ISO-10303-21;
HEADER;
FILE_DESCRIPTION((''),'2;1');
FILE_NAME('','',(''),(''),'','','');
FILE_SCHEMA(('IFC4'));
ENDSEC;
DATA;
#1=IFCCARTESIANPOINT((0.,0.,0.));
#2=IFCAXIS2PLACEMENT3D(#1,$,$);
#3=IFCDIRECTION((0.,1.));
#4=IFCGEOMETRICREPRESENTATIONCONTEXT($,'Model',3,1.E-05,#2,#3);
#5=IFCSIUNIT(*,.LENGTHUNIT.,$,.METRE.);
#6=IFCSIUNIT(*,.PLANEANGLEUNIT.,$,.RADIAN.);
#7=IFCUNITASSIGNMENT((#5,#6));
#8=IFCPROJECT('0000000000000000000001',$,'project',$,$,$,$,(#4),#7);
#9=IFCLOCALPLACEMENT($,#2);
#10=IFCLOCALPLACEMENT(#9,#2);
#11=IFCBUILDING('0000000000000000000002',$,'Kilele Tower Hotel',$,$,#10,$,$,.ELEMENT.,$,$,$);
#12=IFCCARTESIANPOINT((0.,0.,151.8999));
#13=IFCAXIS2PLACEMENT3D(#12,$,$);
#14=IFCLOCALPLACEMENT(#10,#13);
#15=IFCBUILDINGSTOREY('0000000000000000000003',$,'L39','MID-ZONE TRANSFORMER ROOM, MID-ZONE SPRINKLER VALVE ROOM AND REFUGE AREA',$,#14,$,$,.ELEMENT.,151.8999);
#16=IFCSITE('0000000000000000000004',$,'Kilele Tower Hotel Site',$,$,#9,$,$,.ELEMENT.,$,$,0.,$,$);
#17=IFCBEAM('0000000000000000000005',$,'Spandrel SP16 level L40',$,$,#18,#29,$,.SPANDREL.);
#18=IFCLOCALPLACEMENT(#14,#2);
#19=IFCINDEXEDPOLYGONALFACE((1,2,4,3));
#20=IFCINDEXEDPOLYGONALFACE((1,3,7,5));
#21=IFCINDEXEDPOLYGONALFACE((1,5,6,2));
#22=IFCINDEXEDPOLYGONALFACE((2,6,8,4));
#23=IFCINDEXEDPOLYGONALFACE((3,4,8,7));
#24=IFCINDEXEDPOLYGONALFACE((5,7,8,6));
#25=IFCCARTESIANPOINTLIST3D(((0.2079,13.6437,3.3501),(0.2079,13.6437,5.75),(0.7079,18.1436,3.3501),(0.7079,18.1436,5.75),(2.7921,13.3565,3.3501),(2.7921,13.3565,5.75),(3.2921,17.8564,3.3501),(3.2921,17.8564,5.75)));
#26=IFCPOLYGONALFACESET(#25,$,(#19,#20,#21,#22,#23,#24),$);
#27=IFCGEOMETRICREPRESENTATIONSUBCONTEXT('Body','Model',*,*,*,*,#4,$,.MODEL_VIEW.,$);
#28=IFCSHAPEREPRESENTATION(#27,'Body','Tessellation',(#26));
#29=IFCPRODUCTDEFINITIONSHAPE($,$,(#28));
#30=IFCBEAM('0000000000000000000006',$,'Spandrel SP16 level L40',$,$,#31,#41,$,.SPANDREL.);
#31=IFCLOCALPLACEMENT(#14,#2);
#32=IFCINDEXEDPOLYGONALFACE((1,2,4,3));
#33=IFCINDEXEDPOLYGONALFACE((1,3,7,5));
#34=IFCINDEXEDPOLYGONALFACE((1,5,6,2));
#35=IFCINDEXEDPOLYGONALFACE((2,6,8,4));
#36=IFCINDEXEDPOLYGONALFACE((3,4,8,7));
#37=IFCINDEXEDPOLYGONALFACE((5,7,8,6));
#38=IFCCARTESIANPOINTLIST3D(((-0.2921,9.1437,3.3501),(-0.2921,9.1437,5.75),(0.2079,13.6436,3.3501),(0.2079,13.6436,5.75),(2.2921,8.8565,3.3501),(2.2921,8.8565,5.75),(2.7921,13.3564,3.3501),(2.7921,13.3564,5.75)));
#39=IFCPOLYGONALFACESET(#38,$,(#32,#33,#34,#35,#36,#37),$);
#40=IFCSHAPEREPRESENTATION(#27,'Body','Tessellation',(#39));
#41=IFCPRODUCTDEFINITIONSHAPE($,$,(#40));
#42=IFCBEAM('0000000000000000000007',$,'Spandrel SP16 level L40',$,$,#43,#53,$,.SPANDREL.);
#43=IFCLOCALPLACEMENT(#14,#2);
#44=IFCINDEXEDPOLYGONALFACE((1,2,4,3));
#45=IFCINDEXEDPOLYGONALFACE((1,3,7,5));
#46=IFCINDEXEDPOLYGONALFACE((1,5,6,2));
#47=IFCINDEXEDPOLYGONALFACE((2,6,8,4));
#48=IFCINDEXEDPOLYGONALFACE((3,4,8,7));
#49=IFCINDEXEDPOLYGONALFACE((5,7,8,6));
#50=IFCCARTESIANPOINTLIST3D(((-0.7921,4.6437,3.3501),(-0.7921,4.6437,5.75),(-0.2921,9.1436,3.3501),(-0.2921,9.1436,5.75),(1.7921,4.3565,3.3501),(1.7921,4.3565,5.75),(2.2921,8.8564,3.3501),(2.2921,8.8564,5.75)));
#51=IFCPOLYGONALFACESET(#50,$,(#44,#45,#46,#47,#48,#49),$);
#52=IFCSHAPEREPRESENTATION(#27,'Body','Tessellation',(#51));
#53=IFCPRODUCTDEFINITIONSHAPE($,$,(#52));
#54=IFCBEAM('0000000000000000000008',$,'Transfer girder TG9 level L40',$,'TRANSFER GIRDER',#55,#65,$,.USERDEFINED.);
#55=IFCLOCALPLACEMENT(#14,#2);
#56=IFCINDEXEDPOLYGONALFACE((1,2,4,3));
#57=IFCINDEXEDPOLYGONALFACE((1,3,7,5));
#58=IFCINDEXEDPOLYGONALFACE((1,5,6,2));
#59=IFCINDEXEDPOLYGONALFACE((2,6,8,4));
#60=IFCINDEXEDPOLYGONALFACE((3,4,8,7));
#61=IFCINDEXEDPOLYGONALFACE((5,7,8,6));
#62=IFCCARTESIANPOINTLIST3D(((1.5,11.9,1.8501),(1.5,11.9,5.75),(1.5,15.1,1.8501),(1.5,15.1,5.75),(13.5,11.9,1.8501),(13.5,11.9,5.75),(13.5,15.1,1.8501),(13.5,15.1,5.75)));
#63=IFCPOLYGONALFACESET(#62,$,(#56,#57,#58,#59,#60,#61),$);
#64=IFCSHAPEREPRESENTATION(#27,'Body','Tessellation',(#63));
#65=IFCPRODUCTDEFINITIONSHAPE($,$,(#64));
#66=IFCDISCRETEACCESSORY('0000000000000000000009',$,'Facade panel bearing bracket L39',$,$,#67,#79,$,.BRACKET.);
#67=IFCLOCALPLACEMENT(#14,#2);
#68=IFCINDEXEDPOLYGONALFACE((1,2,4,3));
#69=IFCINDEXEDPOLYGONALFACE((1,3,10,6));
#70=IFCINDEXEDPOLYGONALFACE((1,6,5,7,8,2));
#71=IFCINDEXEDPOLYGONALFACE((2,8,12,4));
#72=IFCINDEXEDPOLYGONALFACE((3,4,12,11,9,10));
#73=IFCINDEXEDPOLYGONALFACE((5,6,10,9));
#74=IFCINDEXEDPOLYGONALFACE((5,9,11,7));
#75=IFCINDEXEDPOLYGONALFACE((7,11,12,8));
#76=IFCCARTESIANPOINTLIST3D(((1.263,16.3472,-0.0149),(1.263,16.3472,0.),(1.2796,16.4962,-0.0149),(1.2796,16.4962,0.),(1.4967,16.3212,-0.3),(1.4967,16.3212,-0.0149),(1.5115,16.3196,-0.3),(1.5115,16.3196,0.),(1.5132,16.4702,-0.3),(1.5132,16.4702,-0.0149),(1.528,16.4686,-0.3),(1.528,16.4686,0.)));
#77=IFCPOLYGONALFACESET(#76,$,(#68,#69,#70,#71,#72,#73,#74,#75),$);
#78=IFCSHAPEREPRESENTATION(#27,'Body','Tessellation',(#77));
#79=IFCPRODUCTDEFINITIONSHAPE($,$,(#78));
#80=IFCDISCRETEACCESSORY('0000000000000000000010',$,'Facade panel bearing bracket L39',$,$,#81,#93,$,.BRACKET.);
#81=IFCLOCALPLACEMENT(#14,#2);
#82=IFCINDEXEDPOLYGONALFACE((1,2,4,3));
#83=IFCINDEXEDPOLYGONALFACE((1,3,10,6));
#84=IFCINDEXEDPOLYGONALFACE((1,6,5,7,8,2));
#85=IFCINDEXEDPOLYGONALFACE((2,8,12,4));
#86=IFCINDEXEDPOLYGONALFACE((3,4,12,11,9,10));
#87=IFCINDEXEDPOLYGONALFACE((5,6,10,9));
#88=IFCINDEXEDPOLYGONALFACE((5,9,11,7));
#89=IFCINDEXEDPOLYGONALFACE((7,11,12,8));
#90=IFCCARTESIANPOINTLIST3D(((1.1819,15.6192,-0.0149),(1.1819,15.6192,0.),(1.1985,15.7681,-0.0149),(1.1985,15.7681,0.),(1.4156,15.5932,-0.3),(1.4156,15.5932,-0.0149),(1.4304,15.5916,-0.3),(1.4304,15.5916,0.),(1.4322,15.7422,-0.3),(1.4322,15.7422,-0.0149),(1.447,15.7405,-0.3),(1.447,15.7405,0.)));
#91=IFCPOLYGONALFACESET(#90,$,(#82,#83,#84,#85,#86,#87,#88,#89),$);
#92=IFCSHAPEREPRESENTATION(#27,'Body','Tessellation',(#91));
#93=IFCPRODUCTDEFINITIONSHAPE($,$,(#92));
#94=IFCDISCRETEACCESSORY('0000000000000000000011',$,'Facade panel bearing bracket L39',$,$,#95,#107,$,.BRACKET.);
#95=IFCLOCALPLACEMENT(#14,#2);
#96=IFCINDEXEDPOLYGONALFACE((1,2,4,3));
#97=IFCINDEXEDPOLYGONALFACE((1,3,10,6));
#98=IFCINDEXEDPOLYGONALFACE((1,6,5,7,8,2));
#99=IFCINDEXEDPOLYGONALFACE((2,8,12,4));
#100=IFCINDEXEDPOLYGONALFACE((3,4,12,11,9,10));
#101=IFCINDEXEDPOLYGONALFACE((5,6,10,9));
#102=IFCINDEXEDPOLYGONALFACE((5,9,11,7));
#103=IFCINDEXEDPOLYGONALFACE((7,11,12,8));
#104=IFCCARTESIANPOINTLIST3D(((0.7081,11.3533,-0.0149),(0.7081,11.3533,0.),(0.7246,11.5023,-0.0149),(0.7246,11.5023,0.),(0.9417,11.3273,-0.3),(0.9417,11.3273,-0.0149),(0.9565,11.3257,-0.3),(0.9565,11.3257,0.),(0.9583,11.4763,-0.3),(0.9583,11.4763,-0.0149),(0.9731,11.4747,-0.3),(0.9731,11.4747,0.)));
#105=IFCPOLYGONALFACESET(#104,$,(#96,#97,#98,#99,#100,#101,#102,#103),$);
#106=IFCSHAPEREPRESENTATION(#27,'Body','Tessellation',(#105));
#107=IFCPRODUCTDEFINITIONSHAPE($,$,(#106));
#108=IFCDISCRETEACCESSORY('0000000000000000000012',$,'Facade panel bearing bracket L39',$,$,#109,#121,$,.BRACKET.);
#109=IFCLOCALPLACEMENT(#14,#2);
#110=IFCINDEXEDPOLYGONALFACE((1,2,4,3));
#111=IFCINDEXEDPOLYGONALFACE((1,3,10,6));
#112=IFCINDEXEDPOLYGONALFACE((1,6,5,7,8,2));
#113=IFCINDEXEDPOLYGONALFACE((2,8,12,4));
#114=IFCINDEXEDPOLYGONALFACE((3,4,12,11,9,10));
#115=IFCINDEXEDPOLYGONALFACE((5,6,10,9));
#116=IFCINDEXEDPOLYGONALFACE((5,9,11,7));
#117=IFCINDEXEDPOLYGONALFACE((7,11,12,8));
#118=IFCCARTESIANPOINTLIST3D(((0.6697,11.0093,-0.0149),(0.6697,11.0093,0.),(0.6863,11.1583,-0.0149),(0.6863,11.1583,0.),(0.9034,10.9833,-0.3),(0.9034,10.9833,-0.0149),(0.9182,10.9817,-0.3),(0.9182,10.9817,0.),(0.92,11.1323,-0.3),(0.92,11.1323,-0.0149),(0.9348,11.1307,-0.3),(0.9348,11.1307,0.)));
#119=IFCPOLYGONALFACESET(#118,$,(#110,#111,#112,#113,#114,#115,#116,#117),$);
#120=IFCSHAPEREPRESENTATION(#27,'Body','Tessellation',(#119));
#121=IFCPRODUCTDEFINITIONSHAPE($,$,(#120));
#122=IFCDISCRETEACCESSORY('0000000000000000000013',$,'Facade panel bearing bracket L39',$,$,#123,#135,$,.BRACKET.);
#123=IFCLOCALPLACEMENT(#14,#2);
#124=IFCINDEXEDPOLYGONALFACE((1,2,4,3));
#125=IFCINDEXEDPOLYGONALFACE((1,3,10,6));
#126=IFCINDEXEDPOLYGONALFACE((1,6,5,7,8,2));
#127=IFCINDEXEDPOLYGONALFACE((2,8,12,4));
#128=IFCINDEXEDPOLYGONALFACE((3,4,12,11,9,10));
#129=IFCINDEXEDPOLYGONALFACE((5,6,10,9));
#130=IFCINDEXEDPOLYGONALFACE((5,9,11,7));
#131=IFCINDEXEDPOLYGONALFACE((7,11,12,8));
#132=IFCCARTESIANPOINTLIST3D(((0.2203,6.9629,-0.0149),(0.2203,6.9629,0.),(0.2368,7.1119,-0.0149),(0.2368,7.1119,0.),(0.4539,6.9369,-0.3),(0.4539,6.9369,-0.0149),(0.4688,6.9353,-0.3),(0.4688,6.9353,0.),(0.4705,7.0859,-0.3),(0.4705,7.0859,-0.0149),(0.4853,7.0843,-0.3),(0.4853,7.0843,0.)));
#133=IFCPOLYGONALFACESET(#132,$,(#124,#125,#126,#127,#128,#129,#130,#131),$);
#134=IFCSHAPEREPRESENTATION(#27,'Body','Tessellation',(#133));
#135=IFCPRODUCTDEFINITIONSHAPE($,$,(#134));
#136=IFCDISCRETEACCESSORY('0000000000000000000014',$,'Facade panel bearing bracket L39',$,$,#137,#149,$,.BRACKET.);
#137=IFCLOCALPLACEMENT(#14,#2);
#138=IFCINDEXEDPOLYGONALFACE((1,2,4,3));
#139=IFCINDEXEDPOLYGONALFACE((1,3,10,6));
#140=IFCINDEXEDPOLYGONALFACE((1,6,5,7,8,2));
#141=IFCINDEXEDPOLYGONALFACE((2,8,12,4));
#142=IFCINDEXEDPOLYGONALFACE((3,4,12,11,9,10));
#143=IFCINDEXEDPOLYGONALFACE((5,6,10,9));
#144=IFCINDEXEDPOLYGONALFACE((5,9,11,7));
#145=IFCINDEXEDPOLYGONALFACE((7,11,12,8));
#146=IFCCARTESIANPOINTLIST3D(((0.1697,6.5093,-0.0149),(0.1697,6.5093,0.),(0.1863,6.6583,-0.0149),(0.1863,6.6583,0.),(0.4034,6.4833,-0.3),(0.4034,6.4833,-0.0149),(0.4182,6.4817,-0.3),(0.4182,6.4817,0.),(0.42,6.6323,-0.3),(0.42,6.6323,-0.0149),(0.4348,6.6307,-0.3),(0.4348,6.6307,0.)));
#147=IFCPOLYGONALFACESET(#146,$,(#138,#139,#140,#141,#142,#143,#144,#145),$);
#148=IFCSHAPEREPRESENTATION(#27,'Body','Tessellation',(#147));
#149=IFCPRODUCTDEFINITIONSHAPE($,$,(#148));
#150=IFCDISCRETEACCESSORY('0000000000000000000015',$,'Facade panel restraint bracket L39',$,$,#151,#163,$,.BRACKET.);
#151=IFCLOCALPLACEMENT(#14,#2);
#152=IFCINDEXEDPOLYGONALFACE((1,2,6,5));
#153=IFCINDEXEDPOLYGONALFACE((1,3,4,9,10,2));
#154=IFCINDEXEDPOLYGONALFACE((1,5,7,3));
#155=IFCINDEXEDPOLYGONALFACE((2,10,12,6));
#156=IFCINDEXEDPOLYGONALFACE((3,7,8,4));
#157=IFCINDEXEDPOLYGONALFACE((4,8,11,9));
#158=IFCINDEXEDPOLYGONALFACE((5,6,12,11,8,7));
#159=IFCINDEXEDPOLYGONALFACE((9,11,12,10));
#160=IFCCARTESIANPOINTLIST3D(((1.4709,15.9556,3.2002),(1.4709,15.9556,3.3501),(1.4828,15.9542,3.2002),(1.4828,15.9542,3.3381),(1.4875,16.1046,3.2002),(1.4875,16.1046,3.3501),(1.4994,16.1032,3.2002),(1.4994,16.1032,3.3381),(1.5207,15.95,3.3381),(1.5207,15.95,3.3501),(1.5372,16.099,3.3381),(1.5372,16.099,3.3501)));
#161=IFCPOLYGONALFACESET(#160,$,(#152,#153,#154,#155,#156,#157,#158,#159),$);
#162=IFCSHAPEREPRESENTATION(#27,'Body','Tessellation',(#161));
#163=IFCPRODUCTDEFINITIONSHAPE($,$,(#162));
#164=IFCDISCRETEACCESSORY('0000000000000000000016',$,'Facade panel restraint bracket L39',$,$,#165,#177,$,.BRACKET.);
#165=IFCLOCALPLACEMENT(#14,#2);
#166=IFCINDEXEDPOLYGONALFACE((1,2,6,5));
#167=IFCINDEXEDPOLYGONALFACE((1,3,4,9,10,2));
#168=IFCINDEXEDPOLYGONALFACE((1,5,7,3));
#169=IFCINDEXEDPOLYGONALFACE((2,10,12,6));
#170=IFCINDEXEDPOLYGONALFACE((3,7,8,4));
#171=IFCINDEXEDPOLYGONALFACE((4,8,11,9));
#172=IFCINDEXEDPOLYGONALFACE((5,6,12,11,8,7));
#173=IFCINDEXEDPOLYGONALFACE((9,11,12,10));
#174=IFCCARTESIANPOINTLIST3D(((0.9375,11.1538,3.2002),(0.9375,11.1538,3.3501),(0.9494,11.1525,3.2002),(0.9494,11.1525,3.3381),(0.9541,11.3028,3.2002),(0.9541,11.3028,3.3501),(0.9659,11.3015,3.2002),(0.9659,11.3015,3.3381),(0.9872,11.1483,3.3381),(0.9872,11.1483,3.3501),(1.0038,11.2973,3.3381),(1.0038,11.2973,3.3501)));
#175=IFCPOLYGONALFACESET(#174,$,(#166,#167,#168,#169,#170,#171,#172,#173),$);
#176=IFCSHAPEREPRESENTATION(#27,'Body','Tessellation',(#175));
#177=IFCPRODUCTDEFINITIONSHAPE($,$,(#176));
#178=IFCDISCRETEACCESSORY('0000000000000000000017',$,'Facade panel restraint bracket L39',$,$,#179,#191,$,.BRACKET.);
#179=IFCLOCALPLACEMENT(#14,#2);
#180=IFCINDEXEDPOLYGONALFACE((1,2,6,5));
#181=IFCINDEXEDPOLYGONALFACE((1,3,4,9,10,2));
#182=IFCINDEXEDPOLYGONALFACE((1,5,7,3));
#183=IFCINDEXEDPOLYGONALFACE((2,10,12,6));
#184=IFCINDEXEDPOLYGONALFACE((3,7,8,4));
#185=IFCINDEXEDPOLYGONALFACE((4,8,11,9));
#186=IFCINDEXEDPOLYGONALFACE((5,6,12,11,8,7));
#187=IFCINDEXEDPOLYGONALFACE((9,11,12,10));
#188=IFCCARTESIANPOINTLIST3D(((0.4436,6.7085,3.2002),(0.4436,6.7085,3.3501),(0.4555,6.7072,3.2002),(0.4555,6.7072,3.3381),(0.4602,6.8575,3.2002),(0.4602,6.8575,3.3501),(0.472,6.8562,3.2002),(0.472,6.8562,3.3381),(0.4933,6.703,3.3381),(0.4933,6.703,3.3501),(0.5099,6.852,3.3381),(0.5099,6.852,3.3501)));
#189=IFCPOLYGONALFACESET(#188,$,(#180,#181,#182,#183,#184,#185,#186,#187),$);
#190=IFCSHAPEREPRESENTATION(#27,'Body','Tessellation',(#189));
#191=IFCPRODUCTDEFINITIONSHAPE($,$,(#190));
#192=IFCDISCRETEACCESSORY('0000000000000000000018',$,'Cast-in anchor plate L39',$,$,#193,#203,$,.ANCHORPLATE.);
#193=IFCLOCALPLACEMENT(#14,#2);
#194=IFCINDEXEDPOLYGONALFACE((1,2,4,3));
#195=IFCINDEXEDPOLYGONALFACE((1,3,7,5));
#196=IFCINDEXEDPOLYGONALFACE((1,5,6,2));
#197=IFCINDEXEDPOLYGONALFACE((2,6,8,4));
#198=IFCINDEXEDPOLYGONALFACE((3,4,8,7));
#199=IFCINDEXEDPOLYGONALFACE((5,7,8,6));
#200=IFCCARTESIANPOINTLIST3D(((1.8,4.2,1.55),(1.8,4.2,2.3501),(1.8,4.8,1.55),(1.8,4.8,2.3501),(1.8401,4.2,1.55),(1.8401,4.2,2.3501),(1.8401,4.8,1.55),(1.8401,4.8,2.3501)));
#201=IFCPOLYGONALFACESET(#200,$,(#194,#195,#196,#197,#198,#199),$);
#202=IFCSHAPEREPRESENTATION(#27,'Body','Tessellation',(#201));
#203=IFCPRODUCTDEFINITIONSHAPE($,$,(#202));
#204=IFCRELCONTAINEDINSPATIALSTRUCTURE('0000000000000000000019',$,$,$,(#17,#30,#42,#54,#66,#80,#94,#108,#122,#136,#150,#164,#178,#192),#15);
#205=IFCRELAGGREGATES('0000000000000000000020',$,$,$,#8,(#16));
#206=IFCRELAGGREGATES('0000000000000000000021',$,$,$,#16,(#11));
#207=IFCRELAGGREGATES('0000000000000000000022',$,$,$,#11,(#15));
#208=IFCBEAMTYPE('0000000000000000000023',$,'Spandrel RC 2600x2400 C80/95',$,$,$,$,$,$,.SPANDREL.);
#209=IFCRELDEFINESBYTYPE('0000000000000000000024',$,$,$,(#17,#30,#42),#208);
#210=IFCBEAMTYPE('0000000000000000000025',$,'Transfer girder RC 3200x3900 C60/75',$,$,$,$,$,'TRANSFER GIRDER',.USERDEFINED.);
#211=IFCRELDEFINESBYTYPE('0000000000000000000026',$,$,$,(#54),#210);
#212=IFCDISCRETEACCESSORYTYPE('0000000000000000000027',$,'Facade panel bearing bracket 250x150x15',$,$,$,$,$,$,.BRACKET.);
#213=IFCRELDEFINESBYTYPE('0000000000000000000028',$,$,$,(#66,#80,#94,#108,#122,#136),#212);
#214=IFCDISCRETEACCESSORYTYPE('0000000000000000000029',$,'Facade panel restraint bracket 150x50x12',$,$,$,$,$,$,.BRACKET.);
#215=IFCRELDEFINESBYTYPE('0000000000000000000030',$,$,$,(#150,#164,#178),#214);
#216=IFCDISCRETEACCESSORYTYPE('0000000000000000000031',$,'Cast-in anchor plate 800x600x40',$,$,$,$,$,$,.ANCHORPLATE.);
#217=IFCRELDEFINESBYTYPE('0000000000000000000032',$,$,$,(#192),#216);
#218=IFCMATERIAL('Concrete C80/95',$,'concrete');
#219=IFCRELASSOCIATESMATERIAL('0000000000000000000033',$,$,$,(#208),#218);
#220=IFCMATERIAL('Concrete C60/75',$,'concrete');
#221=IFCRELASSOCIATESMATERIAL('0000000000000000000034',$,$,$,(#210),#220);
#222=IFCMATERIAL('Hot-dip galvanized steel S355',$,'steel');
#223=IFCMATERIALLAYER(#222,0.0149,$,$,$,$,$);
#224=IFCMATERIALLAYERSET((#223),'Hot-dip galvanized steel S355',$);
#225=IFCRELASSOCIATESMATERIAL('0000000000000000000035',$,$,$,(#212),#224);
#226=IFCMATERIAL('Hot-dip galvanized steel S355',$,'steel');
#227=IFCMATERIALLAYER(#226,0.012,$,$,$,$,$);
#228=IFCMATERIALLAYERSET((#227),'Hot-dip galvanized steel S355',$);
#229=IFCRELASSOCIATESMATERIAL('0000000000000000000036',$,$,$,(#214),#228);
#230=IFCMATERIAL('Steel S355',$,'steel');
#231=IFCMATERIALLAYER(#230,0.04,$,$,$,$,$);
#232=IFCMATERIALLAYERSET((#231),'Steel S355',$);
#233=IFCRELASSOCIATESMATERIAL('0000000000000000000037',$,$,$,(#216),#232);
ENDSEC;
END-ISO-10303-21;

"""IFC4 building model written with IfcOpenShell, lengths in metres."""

from ifc_helpers import new_model, si_unit, direction, frame, origin, origin_2d, place, context, subcontext, project, spatial, polyline, rectangle, outline, extrude, source, transform, mapped, material, layer, layer_set, material_profile, profile_set, type_object, element, save


model = new_model("IFC4")

# Units and contexts
model_context = context("Model", 3, precision=1e-05, world=origin(), true_north=direction((0.0, 1.0)))
body_context = subcontext(model_context, "Body", "Model", "MODEL_VIEW")
ifc_project = project(units=[si_unit("LENGTHUNIT", "METRE"), si_unit("PLANEANGLEUNIT", "RADIAN")], contexts=[model_context])

# Site, building, storey
site_placement = place(None, origin())
site = spatial("IfcSite", under=ifc_project, at=site_placement, Name="Kilele Tower Hotel Site", CompositionType="ELEMENT", RefElevation=0.0)
building_placement = place(site_placement, origin())
building = spatial("IfcBuilding", under=site, at=building_placement, Name="Kilele Tower Hotel", CompositionType="ELEMENT")
storey_placement = place(building_placement, frame((0.0, 0.0, 151.8999)))
storey = spatial("IfcBuildingStorey", under=building, at=storey_placement, Name="L39", Description="MID-ZONE TRANSFORMER ROOM, MID-ZONE SPRINKLER VALVE ROOM AND REFUGE AREA", CompositionType="ELEMENT", Elevation=151.8999)

# Beams
ifc_material_1 = material(Name="Concrete C80/95", Category="concrete")
ifc_material_profile_1 = material_profile(ifc_material_1, rectangle(XDim=2.6001, YDim=2.3999, at=origin_2d()))
ifc_profile_set_1 = profile_set([ifc_material_profile_1], Name="Concrete C80/95")
beam_type_1 = type_object("IfcBeamType", Name="Spandrel RC 2600x2400 C80/95", PredefinedType="SPANDREL", material=ifc_profile_set_1)
for number, where, z_axis, x_axis, name in (
    (1, (2.0, 18.0, 4.55), (-0.110432, -0.993884, 0.0), (0.993884, -0.110432, 0.0), "Spandrel SP16 level L40"),
    (2, (1.5, 13.5, 4.55), (-0.110432, -0.993884, 0.0), (0.993884, -0.110432, 0.0), "Spandrel SP16 level L40"),
    (3, (1.0, 9.0, 4.55), (-0.110432, -0.993884, 0.0), (0.993884, -0.110432, 0.0), "Spandrel SP16 level L40"),
):
    element("IfcBeam", number, at=place(storey_placement, frame(where, z_axis=z_axis, x_axis=x_axis)), inside=storey, type_object=beam_type_1, Name=name, PredefinedType="SPANDREL", context=body_context, shape_type="SweptSolid", body=[
        extrude(rectangle(XDim=2.6001, YDim=2.3999, at=origin_2d()), origin(), (0.0, 0.0, 1.0), 4.5276),
    ])
ifc_material_2 = material(Name="Concrete C60/75", Category="concrete")
ifc_material_profile_2 = material_profile(ifc_material_2, rectangle(XDim=3.2, YDim=3.8999, at=origin_2d()))
ifc_profile_set_2 = profile_set([ifc_material_profile_2], Name="Concrete C60/75")
beam_type_2 = type_object("IfcBeamType", Name="Transfer girder RC 3200x3900 C60/75", ElementType="TRANSFER GIRDER", PredefinedType="USERDEFINED", material=ifc_profile_set_2)
beam_1_placement = place(storey_placement, frame((1.5, 13.5, 3.8), z_axis=(1.0, 0.0, 0.0), x_axis=(0.0, 1.0, 0.0)))
element("IfcBeam", 4, at=beam_1_placement, inside=storey, type_object=beam_type_2, Name="Transfer girder TG9 level L40", ObjectType="TRANSFER GIRDER", PredefinedType="USERDEFINED", context=body_context, shape_type="SweptSolid", body=[
    extrude(rectangle(XDim=3.2, YDim=3.8999, at=origin_2d()), origin(), (0.0, 0.0, 1.0), 12.0),
])

# Discrete accessories
ifc_material_3 = material(Name="Hot-dip galvanized steel S355", Category="steel")
ifc_layer_1 = layer(ifc_material_3, 0.0149)
ifc_layer_set_1 = layer_set([ifc_layer_1], Name="Hot-dip galvanized steel S355")
discrete_accessory_type_1 = type_object("IfcDiscreteAccessoryType", Name="Facade panel bearing bracket 250x150x15", PredefinedType="BRACKET", material=ifc_layer_set_1)
shared_shape_1 = source(origin(), body_context, "Body", "SweptSolid", [
    extrude(outline(polyline([(0.0, 0.0), (0.25, 0.0), (0.25, -0.0149), (0.0149, -0.0149), (0.0149, -0.3), (0.0, -0.3), (0.0, 0.0)])), origin(), (0.0, 0.0, 1.0), 0.1499),
])
for number, where, z_axis, x_axis, name in (
    (5, (1.5115, 16.3196, 0.0), (0.110432, 0.993884, 0.0), (-0.993884, 0.110432, 0.0), "Facade panel bearing bracket L39"),
    (6, (1.4304, 15.5916, 0.0), (0.110432, 0.993884, 0.0), (-0.993884, 0.110432, 0.0), "Facade panel bearing bracket L39"),
    (7, (0.9565, 11.3257, 0.0), (0.110432, 0.993884, 0.0), (-0.993884, 0.110432, 0.0), "Facade panel bearing bracket L39"),
    (8, (0.9182, 10.9817, 0.0), (0.110432, 0.993884, 0.0), (-0.993884, 0.110432, 0.0), "Facade panel bearing bracket L39"),
    (9, (0.4688, 6.9353, 0.0), (0.110432, 0.993884, 0.0), (-0.993884, 0.110432, 0.0), "Facade panel bearing bracket L39"),
    (10, (0.4182, 6.4817, 0.0), (0.110432, 0.993884, 0.0), (-0.993884, 0.110432, 0.0), "Facade panel bearing bracket L39"),
):
    element("IfcDiscreteAccessory", number, at=place(storey_placement, frame(where, z_axis=z_axis, x_axis=x_axis)), inside=storey, type_object=discrete_accessory_type_1, Name=name, PredefinedType="BRACKET", context=body_context, shape_type="MappedRepresentation", body=[
        mapped(shared_shape_1, transform((0.0, 0.0, 0.0))),
    ])
ifc_material_4 = material(Name="Hot-dip galvanized steel S355", Category="steel")
ifc_layer_2 = layer(ifc_material_4, 0.012)
ifc_layer_set_2 = layer_set([ifc_layer_2], Name="Hot-dip galvanized steel S355")
discrete_accessory_type_2 = type_object("IfcDiscreteAccessoryType", Name="Facade panel restraint bracket 150x50x12", PredefinedType="BRACKET", material=ifc_layer_set_2)
shared_shape_2 = source(origin(), body_context, "Body", "SweptSolid", [
    extrude(outline(polyline([(0.0, 0.0), (0.0, -0.1499), (-0.012, -0.1499), (-0.012, -0.012), (-0.05, -0.012), (-0.05, 0.0), (0.0, 0.0)])), origin(), (0.0, 0.0, 1.0), 0.1499),
])
for number, where, z_axis, x_axis, name in (
    (11, (1.4709, 15.9556, 3.3501), (0.110432, 0.993884, 0.0), (-0.993884, 0.110432, 0.0), "Facade panel restraint bracket L39"),
    (12, (0.9375, 11.1538, 3.3501), (0.110432, 0.993884, 0.0), (-0.993884, 0.110432, 0.0), "Facade panel restraint bracket L39"),
    (13, (0.4436, 6.7085, 3.3501), (0.110432, 0.993884, 0.0), (-0.993884, 0.110432, 0.0), "Facade panel restraint bracket L39"),
):
    element("IfcDiscreteAccessory", number, at=place(storey_placement, frame(where, z_axis=z_axis, x_axis=x_axis)), inside=storey, type_object=discrete_accessory_type_2, Name=name, PredefinedType="BRACKET", context=body_context, shape_type="MappedRepresentation", body=[
        mapped(shared_shape_2, transform((0.0, 0.0, 0.0))),
    ])
ifc_material_5 = material(Name="Steel S355", Category="steel")
ifc_layer_3 = layer(ifc_material_5, 0.04)
ifc_layer_set_3 = layer_set([ifc_layer_3], Name="Steel S355")
discrete_accessory_type_3 = type_object("IfcDiscreteAccessoryType", Name="Cast-in anchor plate 800x600x40", PredefinedType="ANCHORPLATE", material=ifc_layer_set_3)
shared_shape_3 = source(origin(), body_context, "Body", "SweptSolid", [
    extrude(outline(polyline([(0.0, 0.0), (0.04, 0.0), (0.04, 0.8), (0.0, 0.8), (0.0, 0.0)])), origin(), (0.0, 0.0, 1.0), 0.6001),
])
for number, where, z_axis, x_axis, name in (
    (14, (1.8, 4.8, 1.55), (0.0, -1.0, 0.0), (1.0, 0.0, 0.0), "Cast-in anchor plate L39"),
):
    element("IfcDiscreteAccessory", number, at=place(storey_placement, frame(where, z_axis=z_axis, x_axis=x_axis)), inside=storey, type_object=discrete_accessory_type_3, Name=name, PredefinedType="ANCHORPLATE", context=body_context, shape_type="MappedRepresentation", body=[
        mapped(shared_shape_3, transform((0.0, 0.0, 0.0))),
    ])

save(model, "model.ifc")
